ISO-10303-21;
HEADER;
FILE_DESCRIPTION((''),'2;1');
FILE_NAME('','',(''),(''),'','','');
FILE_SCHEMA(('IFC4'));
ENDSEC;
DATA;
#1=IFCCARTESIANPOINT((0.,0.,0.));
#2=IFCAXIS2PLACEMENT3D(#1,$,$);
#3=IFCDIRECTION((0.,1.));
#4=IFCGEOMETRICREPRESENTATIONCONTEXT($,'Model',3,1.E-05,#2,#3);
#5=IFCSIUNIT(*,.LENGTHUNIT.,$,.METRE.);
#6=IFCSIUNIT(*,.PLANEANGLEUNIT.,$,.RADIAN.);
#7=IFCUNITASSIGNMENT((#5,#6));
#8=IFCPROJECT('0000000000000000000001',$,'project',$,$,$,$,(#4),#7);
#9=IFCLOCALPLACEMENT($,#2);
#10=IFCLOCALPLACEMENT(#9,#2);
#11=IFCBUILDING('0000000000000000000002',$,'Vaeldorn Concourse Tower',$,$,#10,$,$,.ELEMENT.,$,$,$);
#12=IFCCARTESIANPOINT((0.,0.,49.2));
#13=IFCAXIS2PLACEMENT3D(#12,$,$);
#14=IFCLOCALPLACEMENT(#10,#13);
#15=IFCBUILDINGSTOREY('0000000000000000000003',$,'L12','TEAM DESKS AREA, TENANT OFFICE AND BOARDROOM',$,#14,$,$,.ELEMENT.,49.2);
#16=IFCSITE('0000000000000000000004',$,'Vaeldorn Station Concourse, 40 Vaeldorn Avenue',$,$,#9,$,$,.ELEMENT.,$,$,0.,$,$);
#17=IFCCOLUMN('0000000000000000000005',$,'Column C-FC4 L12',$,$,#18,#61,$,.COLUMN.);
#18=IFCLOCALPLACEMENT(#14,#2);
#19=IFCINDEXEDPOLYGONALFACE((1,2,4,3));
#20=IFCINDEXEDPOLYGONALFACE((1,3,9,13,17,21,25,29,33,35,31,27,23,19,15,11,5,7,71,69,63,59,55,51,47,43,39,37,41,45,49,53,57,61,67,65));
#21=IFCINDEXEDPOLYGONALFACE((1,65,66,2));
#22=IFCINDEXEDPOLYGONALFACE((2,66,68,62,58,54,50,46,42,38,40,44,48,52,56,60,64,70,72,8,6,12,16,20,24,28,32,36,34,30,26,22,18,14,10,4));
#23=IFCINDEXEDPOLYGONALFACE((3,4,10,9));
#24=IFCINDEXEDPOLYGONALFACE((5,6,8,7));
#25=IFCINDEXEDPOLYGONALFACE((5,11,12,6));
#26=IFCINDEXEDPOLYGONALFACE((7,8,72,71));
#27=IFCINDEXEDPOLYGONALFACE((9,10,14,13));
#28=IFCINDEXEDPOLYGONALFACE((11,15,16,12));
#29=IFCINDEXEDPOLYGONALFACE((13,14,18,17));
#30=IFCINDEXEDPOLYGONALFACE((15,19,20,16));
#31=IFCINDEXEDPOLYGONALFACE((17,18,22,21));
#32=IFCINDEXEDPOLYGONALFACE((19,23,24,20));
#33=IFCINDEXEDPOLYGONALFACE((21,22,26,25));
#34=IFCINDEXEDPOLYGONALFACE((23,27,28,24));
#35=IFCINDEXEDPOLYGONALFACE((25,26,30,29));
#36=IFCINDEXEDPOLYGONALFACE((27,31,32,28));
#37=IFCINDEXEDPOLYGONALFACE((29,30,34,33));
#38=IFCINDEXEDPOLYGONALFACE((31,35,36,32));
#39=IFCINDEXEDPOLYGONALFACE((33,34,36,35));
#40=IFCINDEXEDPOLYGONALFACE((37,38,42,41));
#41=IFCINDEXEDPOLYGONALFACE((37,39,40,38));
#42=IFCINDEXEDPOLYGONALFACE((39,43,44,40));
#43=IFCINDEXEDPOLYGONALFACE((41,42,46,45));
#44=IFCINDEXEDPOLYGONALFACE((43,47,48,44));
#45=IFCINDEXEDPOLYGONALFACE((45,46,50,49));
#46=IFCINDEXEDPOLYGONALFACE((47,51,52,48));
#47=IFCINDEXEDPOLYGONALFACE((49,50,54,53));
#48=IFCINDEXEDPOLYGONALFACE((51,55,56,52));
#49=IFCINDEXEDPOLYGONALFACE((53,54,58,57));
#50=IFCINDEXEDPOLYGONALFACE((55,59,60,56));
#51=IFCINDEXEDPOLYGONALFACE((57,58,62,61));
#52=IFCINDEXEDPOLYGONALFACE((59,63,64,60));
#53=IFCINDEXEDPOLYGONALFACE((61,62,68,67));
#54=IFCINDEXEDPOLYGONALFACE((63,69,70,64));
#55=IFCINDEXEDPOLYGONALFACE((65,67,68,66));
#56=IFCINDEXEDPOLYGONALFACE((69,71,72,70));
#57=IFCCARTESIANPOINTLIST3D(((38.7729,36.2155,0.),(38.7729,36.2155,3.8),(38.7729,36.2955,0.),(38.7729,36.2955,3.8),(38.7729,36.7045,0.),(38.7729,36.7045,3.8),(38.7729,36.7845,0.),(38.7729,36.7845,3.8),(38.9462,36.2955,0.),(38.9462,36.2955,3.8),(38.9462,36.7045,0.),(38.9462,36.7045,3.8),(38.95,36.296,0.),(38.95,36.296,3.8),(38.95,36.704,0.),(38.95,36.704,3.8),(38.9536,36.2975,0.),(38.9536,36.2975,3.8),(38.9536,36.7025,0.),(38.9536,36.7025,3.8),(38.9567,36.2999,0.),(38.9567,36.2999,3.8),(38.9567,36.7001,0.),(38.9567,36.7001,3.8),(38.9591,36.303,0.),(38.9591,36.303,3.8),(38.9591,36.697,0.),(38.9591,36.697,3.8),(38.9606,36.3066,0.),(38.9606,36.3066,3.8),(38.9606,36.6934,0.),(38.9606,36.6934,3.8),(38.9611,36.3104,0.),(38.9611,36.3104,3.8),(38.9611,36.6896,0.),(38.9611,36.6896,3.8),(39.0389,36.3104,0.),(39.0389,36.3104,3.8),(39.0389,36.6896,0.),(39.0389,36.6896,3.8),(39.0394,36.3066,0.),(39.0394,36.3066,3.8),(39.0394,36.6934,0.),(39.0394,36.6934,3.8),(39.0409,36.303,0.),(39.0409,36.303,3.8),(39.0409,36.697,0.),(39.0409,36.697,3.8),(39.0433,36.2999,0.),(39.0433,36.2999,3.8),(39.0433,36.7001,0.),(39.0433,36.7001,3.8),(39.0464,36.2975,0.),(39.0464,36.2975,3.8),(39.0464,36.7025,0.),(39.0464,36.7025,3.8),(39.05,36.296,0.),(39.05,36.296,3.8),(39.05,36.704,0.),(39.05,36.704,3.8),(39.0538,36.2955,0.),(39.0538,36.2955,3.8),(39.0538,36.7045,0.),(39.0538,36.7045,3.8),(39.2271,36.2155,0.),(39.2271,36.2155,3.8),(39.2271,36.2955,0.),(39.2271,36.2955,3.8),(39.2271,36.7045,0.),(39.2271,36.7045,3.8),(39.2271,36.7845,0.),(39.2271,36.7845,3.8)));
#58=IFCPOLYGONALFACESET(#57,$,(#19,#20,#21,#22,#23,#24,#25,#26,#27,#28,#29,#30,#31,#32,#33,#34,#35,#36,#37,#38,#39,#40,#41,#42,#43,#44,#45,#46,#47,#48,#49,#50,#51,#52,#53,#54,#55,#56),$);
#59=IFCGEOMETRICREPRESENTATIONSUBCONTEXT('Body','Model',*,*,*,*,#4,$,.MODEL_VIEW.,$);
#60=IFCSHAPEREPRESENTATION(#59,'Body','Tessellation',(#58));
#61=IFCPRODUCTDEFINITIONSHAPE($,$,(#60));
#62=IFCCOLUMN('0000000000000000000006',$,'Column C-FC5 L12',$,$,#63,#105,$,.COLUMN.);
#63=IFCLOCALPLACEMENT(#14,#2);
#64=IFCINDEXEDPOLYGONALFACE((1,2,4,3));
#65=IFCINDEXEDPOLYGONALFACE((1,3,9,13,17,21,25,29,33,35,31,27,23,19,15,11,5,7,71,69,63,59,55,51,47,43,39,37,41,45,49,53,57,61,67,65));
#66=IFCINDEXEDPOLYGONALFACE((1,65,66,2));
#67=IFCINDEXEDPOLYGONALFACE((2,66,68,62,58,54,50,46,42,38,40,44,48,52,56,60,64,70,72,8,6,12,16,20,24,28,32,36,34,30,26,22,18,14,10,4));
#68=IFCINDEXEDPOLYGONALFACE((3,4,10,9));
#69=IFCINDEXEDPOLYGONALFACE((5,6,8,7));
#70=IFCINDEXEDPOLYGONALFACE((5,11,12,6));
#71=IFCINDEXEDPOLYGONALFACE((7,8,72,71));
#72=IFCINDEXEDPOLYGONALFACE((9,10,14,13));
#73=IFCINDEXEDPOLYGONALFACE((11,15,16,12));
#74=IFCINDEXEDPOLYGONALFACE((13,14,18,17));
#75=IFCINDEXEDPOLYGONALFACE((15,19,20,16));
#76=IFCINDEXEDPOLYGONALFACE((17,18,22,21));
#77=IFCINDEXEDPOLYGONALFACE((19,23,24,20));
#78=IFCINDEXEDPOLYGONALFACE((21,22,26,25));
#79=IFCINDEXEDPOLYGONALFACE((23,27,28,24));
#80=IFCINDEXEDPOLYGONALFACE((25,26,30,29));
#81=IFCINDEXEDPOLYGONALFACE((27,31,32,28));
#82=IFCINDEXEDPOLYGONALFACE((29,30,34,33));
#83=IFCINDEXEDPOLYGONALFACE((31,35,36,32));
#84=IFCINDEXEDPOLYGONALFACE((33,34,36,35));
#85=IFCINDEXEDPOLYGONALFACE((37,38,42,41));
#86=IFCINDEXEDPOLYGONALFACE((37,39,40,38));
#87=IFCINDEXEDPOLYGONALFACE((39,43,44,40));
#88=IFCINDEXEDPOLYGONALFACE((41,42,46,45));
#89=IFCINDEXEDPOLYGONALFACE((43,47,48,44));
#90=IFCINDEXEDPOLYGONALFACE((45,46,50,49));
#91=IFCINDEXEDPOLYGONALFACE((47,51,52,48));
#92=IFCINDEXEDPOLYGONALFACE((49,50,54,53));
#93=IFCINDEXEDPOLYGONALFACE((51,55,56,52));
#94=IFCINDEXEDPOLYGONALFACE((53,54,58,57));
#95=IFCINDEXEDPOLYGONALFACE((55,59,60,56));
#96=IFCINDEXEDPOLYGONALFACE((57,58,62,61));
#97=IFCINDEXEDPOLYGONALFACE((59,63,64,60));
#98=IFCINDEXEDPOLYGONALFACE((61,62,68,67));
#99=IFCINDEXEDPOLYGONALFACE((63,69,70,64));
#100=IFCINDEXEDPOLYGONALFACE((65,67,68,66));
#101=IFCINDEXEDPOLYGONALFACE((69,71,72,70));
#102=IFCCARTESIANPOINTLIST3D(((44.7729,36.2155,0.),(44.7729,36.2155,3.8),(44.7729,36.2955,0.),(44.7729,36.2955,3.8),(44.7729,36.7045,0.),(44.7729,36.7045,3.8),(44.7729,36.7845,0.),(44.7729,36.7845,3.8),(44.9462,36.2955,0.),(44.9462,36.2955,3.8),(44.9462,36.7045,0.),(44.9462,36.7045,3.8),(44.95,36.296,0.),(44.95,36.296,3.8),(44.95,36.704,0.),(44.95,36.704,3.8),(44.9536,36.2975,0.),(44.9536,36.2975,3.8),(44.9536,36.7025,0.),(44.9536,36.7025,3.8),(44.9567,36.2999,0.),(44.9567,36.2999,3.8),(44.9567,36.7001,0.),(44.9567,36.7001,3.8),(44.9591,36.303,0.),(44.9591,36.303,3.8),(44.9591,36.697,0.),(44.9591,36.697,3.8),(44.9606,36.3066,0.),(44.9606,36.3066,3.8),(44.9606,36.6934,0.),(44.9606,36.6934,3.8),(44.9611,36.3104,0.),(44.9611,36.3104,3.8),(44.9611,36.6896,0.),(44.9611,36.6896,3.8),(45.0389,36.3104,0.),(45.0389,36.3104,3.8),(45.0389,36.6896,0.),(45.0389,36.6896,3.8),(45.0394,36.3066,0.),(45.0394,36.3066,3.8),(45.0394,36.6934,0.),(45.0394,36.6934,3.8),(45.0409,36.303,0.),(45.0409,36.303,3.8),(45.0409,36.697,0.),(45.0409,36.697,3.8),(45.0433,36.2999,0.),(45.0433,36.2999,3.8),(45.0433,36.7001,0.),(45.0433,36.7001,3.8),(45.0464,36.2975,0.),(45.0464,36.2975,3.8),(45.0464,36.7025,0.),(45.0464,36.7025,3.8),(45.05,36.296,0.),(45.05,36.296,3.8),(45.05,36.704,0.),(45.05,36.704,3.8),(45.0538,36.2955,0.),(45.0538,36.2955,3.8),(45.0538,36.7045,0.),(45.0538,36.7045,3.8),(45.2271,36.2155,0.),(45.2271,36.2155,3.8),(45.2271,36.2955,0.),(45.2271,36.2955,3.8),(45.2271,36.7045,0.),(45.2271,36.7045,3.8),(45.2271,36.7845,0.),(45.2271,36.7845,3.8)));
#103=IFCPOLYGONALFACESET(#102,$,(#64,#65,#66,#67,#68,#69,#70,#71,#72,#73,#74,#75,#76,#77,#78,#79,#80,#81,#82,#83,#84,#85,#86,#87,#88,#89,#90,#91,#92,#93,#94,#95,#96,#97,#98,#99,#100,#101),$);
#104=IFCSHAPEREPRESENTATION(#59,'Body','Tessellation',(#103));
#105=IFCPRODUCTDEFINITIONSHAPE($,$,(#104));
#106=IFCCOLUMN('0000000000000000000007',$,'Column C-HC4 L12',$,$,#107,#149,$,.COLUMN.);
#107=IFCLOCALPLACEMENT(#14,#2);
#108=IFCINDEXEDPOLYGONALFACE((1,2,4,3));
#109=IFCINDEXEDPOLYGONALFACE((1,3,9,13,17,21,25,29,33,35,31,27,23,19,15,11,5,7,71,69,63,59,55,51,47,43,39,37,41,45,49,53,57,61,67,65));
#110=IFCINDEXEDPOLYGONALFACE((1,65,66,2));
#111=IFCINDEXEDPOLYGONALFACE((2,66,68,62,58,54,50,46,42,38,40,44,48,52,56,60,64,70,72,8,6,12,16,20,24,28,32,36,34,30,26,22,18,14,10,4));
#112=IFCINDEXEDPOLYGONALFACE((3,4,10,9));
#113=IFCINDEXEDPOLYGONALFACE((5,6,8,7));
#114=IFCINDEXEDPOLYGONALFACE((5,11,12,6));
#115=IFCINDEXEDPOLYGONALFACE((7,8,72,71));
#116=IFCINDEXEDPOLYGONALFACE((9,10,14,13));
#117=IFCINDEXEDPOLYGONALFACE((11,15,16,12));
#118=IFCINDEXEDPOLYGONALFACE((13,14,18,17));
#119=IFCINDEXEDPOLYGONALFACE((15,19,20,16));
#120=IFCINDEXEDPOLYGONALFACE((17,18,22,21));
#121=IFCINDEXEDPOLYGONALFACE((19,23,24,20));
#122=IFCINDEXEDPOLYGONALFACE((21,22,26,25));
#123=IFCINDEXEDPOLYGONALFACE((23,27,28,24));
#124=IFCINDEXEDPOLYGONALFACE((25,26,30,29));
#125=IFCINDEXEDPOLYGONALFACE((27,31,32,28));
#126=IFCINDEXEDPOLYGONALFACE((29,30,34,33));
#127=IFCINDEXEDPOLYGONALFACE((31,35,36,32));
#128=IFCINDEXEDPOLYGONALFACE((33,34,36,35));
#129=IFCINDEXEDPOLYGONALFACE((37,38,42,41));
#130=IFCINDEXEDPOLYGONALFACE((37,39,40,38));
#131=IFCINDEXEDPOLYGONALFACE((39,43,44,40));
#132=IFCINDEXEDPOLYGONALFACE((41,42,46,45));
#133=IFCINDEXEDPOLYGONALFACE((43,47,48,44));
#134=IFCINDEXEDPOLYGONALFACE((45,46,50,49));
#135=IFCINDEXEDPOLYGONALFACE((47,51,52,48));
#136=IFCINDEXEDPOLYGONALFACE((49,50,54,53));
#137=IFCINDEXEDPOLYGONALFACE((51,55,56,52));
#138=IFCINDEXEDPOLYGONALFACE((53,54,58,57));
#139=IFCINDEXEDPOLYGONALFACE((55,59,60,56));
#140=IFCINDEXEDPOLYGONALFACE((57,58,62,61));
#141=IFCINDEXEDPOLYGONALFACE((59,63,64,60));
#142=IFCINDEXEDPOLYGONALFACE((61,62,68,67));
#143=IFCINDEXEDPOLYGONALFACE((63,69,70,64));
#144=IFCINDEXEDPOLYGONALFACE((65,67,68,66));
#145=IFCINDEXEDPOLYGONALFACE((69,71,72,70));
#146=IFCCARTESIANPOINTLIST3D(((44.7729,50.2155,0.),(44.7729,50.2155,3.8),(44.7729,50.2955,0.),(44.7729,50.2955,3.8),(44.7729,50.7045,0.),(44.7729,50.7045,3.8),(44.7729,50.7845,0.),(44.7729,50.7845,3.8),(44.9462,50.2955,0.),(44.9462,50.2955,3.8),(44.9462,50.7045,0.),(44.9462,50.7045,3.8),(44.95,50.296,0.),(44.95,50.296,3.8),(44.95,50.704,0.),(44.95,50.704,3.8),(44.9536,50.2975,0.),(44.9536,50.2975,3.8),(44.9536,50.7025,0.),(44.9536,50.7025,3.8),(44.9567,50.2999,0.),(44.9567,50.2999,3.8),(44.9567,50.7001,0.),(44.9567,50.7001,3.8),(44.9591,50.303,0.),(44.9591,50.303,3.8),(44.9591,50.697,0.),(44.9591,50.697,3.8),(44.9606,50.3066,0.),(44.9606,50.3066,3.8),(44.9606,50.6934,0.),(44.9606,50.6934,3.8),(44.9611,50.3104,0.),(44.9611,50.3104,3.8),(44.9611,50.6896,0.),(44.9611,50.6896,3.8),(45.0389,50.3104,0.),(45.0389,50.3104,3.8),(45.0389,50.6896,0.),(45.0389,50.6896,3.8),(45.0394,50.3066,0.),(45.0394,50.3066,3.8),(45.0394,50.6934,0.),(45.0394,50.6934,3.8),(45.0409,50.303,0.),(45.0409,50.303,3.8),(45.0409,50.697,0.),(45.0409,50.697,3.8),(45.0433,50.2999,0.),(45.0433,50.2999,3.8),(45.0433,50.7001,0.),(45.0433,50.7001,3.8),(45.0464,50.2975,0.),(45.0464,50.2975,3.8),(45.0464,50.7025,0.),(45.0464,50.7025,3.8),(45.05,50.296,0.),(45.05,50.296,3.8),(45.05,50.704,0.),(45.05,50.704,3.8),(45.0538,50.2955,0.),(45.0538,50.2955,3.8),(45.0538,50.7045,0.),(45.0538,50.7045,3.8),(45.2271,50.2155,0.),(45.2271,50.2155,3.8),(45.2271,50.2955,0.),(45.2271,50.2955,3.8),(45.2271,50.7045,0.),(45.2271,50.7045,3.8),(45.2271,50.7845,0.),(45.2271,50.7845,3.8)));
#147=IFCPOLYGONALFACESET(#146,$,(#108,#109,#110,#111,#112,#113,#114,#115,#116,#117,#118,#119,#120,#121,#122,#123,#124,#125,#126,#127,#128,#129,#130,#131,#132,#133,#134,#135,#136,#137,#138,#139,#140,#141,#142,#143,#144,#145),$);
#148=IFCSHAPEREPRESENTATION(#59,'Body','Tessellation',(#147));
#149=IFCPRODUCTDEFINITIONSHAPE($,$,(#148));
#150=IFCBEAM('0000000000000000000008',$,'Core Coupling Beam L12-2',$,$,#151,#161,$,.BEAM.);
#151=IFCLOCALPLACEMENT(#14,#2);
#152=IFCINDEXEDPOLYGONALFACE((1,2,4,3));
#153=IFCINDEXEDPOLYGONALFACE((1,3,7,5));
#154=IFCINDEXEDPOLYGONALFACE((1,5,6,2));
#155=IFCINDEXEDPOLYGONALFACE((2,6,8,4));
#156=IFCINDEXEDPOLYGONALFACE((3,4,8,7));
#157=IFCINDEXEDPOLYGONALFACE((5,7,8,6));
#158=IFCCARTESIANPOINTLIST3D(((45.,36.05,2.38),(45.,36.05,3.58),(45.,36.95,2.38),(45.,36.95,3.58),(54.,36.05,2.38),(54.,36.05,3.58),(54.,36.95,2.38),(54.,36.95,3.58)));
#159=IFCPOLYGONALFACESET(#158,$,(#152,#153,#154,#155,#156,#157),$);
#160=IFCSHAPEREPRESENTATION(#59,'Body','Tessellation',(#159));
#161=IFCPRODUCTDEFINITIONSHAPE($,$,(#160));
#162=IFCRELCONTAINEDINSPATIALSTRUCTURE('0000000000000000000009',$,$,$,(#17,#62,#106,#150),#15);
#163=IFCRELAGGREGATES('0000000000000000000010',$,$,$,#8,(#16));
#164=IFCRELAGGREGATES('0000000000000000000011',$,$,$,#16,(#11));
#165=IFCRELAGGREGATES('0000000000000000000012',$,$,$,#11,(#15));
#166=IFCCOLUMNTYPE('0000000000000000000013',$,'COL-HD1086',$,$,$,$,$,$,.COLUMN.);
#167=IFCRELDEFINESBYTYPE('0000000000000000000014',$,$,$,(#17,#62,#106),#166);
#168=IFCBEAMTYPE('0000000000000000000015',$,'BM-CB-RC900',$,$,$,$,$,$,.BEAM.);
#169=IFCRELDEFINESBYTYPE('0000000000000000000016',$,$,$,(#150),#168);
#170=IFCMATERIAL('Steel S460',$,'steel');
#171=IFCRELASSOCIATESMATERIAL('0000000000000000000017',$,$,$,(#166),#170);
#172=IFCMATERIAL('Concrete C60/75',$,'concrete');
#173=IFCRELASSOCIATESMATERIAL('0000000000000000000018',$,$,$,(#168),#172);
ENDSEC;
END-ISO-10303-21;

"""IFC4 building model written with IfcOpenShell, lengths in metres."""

from ifc_helpers import new_model, si_unit, direction, frame, origin, origin_2d, place, context, subcontext, project, spatial, rectangle, i_section, extrude, source, transform, mapped, material, material_profile, profile_set, type_object, element, save


model = new_model("IFC4")

# Units and contexts
model_context = context("Model", 3, precision=1e-05, world=origin(), true_north=direction((0.0, 1.0)))
body_context = subcontext(model_context, "Body", "Model", "MODEL_VIEW")
ifc_project = project(units=[si_unit("LENGTHUNIT", "METRE"), si_unit("PLANEANGLEUNIT", "RADIAN")], contexts=[model_context])

# Site, building, storey
site_placement = place(None, origin())
site = spatial("IfcSite", under=ifc_project, at=site_placement, Name="Vaeldorn Station Concourse, 40 Vaeldorn Avenue", CompositionType="ELEMENT", RefElevation=0.0)
building_placement = place(site_placement, origin())
building = spatial("IfcBuilding", under=site, at=building_placement, Name="Vaeldorn Concourse Tower", CompositionType="ELEMENT")
storey_placement = place(building_placement, frame((0.0, 0.0, 49.2)))
storey = spatial("IfcBuildingStorey", under=building, at=storey_placement, Name="L12", Description="TEAM DESKS AREA, TENANT OFFICE AND BOARDROOM", CompositionType="ELEMENT", Elevation=49.2)

# Columns
ifc_material_1 = material(Name="Steel S460", Category="steel")
ifc_material_profile_1 = material_profile(ifc_material_1, i_section(OverallWidth=0.4541, OverallDepth=0.5691, WebThickness=0.0779, FlangeThickness=0.0801, FilletRadius=0.0149, at=origin_2d()), Name="HD 400x1086")
ifc_profile_set_1 = profile_set([ifc_material_profile_1], Name="Steel S460")
column_type = type_object("IfcColumnType", Name="COL-HD1086", PredefinedType="COLUMN", material=ifc_profile_set_1)
shared_shape_1 = source(origin(), body_context, "Body", "SweptSolid", [
    extrude(i_section(OverallWidth=0.4541, OverallDepth=0.5691, WebThickness=0.0779, FlangeThickness=0.0801, FilletRadius=0.0149, at=origin_2d()), origin(), (0.0, 0.0, 1.0), 3.8),
])
for number, where, z_axis, x_axis, name in (
    (1, (39.0, 36.5, 0.0), (0.0, 0.0, 1.0), (1.0, 0.0, 0.0), "Column C-FC4 L12"),
    (2, (45.0, 36.5, 0.0), (0.0, 0.0, 1.0), (1.0, 0.0, 0.0), "Column C-FC5 L12"),
    (3, (45.0, 50.5, 0.0), (0.0, 0.0, 1.0), (1.0, 0.0, 0.0), "Column C-HC4 L12"),
):
    element("IfcColumn", number, at=place(storey_placement, frame(where, z_axis=z_axis, x_axis=x_axis)), inside=storey, type_object=column_type, Name=name, PredefinedType="COLUMN", context=body_context, shape_type="MappedRepresentation", body=[
        mapped(shared_shape_1, transform((0.0, 0.0, 0.0), scale=1.0)),
    ])

# Beam
ifc_material_2 = material(Name="Concrete C60/75", Category="concrete")
ifc_material_profile_2 = material_profile(ifc_material_2, rectangle(XDim=0.8999, YDim=1.2, at=origin_2d()), Name="RC 900x1200")
ifc_profile_set_2 = profile_set([ifc_material_profile_2], Name="Concrete C60/75")
beam_type_1 = type_object("IfcBeamType", Name="BM-CB-RC900", PredefinedType="BEAM", material=ifc_profile_set_2)
shared_shape_2 = source(origin(), body_context, "Body", "SweptSolid", [
    extrude(rectangle(XDim=0.8999, YDim=1.2, at=origin_2d()), origin(), (0.0, 0.0, 1.0), 9.0),
])
beam_1_placement = place(storey_placement, frame((45.0, 36.5, 2.98), z_axis=(1.0, 0.0, 0.0), x_axis=(0.0, 1.0, 0.0)))
element("IfcBeam", 4, at=beam_1_placement, inside=storey, type_object=beam_type_1, Name="Core Coupling Beam L12-2", PredefinedType="BEAM", context=body_context, shape_type="MappedRepresentation", body=[
    mapped(shared_shape_2, transform((0.0, 0.0, 0.0), scale=1.0)),
])

save(model, "model.ifc")
